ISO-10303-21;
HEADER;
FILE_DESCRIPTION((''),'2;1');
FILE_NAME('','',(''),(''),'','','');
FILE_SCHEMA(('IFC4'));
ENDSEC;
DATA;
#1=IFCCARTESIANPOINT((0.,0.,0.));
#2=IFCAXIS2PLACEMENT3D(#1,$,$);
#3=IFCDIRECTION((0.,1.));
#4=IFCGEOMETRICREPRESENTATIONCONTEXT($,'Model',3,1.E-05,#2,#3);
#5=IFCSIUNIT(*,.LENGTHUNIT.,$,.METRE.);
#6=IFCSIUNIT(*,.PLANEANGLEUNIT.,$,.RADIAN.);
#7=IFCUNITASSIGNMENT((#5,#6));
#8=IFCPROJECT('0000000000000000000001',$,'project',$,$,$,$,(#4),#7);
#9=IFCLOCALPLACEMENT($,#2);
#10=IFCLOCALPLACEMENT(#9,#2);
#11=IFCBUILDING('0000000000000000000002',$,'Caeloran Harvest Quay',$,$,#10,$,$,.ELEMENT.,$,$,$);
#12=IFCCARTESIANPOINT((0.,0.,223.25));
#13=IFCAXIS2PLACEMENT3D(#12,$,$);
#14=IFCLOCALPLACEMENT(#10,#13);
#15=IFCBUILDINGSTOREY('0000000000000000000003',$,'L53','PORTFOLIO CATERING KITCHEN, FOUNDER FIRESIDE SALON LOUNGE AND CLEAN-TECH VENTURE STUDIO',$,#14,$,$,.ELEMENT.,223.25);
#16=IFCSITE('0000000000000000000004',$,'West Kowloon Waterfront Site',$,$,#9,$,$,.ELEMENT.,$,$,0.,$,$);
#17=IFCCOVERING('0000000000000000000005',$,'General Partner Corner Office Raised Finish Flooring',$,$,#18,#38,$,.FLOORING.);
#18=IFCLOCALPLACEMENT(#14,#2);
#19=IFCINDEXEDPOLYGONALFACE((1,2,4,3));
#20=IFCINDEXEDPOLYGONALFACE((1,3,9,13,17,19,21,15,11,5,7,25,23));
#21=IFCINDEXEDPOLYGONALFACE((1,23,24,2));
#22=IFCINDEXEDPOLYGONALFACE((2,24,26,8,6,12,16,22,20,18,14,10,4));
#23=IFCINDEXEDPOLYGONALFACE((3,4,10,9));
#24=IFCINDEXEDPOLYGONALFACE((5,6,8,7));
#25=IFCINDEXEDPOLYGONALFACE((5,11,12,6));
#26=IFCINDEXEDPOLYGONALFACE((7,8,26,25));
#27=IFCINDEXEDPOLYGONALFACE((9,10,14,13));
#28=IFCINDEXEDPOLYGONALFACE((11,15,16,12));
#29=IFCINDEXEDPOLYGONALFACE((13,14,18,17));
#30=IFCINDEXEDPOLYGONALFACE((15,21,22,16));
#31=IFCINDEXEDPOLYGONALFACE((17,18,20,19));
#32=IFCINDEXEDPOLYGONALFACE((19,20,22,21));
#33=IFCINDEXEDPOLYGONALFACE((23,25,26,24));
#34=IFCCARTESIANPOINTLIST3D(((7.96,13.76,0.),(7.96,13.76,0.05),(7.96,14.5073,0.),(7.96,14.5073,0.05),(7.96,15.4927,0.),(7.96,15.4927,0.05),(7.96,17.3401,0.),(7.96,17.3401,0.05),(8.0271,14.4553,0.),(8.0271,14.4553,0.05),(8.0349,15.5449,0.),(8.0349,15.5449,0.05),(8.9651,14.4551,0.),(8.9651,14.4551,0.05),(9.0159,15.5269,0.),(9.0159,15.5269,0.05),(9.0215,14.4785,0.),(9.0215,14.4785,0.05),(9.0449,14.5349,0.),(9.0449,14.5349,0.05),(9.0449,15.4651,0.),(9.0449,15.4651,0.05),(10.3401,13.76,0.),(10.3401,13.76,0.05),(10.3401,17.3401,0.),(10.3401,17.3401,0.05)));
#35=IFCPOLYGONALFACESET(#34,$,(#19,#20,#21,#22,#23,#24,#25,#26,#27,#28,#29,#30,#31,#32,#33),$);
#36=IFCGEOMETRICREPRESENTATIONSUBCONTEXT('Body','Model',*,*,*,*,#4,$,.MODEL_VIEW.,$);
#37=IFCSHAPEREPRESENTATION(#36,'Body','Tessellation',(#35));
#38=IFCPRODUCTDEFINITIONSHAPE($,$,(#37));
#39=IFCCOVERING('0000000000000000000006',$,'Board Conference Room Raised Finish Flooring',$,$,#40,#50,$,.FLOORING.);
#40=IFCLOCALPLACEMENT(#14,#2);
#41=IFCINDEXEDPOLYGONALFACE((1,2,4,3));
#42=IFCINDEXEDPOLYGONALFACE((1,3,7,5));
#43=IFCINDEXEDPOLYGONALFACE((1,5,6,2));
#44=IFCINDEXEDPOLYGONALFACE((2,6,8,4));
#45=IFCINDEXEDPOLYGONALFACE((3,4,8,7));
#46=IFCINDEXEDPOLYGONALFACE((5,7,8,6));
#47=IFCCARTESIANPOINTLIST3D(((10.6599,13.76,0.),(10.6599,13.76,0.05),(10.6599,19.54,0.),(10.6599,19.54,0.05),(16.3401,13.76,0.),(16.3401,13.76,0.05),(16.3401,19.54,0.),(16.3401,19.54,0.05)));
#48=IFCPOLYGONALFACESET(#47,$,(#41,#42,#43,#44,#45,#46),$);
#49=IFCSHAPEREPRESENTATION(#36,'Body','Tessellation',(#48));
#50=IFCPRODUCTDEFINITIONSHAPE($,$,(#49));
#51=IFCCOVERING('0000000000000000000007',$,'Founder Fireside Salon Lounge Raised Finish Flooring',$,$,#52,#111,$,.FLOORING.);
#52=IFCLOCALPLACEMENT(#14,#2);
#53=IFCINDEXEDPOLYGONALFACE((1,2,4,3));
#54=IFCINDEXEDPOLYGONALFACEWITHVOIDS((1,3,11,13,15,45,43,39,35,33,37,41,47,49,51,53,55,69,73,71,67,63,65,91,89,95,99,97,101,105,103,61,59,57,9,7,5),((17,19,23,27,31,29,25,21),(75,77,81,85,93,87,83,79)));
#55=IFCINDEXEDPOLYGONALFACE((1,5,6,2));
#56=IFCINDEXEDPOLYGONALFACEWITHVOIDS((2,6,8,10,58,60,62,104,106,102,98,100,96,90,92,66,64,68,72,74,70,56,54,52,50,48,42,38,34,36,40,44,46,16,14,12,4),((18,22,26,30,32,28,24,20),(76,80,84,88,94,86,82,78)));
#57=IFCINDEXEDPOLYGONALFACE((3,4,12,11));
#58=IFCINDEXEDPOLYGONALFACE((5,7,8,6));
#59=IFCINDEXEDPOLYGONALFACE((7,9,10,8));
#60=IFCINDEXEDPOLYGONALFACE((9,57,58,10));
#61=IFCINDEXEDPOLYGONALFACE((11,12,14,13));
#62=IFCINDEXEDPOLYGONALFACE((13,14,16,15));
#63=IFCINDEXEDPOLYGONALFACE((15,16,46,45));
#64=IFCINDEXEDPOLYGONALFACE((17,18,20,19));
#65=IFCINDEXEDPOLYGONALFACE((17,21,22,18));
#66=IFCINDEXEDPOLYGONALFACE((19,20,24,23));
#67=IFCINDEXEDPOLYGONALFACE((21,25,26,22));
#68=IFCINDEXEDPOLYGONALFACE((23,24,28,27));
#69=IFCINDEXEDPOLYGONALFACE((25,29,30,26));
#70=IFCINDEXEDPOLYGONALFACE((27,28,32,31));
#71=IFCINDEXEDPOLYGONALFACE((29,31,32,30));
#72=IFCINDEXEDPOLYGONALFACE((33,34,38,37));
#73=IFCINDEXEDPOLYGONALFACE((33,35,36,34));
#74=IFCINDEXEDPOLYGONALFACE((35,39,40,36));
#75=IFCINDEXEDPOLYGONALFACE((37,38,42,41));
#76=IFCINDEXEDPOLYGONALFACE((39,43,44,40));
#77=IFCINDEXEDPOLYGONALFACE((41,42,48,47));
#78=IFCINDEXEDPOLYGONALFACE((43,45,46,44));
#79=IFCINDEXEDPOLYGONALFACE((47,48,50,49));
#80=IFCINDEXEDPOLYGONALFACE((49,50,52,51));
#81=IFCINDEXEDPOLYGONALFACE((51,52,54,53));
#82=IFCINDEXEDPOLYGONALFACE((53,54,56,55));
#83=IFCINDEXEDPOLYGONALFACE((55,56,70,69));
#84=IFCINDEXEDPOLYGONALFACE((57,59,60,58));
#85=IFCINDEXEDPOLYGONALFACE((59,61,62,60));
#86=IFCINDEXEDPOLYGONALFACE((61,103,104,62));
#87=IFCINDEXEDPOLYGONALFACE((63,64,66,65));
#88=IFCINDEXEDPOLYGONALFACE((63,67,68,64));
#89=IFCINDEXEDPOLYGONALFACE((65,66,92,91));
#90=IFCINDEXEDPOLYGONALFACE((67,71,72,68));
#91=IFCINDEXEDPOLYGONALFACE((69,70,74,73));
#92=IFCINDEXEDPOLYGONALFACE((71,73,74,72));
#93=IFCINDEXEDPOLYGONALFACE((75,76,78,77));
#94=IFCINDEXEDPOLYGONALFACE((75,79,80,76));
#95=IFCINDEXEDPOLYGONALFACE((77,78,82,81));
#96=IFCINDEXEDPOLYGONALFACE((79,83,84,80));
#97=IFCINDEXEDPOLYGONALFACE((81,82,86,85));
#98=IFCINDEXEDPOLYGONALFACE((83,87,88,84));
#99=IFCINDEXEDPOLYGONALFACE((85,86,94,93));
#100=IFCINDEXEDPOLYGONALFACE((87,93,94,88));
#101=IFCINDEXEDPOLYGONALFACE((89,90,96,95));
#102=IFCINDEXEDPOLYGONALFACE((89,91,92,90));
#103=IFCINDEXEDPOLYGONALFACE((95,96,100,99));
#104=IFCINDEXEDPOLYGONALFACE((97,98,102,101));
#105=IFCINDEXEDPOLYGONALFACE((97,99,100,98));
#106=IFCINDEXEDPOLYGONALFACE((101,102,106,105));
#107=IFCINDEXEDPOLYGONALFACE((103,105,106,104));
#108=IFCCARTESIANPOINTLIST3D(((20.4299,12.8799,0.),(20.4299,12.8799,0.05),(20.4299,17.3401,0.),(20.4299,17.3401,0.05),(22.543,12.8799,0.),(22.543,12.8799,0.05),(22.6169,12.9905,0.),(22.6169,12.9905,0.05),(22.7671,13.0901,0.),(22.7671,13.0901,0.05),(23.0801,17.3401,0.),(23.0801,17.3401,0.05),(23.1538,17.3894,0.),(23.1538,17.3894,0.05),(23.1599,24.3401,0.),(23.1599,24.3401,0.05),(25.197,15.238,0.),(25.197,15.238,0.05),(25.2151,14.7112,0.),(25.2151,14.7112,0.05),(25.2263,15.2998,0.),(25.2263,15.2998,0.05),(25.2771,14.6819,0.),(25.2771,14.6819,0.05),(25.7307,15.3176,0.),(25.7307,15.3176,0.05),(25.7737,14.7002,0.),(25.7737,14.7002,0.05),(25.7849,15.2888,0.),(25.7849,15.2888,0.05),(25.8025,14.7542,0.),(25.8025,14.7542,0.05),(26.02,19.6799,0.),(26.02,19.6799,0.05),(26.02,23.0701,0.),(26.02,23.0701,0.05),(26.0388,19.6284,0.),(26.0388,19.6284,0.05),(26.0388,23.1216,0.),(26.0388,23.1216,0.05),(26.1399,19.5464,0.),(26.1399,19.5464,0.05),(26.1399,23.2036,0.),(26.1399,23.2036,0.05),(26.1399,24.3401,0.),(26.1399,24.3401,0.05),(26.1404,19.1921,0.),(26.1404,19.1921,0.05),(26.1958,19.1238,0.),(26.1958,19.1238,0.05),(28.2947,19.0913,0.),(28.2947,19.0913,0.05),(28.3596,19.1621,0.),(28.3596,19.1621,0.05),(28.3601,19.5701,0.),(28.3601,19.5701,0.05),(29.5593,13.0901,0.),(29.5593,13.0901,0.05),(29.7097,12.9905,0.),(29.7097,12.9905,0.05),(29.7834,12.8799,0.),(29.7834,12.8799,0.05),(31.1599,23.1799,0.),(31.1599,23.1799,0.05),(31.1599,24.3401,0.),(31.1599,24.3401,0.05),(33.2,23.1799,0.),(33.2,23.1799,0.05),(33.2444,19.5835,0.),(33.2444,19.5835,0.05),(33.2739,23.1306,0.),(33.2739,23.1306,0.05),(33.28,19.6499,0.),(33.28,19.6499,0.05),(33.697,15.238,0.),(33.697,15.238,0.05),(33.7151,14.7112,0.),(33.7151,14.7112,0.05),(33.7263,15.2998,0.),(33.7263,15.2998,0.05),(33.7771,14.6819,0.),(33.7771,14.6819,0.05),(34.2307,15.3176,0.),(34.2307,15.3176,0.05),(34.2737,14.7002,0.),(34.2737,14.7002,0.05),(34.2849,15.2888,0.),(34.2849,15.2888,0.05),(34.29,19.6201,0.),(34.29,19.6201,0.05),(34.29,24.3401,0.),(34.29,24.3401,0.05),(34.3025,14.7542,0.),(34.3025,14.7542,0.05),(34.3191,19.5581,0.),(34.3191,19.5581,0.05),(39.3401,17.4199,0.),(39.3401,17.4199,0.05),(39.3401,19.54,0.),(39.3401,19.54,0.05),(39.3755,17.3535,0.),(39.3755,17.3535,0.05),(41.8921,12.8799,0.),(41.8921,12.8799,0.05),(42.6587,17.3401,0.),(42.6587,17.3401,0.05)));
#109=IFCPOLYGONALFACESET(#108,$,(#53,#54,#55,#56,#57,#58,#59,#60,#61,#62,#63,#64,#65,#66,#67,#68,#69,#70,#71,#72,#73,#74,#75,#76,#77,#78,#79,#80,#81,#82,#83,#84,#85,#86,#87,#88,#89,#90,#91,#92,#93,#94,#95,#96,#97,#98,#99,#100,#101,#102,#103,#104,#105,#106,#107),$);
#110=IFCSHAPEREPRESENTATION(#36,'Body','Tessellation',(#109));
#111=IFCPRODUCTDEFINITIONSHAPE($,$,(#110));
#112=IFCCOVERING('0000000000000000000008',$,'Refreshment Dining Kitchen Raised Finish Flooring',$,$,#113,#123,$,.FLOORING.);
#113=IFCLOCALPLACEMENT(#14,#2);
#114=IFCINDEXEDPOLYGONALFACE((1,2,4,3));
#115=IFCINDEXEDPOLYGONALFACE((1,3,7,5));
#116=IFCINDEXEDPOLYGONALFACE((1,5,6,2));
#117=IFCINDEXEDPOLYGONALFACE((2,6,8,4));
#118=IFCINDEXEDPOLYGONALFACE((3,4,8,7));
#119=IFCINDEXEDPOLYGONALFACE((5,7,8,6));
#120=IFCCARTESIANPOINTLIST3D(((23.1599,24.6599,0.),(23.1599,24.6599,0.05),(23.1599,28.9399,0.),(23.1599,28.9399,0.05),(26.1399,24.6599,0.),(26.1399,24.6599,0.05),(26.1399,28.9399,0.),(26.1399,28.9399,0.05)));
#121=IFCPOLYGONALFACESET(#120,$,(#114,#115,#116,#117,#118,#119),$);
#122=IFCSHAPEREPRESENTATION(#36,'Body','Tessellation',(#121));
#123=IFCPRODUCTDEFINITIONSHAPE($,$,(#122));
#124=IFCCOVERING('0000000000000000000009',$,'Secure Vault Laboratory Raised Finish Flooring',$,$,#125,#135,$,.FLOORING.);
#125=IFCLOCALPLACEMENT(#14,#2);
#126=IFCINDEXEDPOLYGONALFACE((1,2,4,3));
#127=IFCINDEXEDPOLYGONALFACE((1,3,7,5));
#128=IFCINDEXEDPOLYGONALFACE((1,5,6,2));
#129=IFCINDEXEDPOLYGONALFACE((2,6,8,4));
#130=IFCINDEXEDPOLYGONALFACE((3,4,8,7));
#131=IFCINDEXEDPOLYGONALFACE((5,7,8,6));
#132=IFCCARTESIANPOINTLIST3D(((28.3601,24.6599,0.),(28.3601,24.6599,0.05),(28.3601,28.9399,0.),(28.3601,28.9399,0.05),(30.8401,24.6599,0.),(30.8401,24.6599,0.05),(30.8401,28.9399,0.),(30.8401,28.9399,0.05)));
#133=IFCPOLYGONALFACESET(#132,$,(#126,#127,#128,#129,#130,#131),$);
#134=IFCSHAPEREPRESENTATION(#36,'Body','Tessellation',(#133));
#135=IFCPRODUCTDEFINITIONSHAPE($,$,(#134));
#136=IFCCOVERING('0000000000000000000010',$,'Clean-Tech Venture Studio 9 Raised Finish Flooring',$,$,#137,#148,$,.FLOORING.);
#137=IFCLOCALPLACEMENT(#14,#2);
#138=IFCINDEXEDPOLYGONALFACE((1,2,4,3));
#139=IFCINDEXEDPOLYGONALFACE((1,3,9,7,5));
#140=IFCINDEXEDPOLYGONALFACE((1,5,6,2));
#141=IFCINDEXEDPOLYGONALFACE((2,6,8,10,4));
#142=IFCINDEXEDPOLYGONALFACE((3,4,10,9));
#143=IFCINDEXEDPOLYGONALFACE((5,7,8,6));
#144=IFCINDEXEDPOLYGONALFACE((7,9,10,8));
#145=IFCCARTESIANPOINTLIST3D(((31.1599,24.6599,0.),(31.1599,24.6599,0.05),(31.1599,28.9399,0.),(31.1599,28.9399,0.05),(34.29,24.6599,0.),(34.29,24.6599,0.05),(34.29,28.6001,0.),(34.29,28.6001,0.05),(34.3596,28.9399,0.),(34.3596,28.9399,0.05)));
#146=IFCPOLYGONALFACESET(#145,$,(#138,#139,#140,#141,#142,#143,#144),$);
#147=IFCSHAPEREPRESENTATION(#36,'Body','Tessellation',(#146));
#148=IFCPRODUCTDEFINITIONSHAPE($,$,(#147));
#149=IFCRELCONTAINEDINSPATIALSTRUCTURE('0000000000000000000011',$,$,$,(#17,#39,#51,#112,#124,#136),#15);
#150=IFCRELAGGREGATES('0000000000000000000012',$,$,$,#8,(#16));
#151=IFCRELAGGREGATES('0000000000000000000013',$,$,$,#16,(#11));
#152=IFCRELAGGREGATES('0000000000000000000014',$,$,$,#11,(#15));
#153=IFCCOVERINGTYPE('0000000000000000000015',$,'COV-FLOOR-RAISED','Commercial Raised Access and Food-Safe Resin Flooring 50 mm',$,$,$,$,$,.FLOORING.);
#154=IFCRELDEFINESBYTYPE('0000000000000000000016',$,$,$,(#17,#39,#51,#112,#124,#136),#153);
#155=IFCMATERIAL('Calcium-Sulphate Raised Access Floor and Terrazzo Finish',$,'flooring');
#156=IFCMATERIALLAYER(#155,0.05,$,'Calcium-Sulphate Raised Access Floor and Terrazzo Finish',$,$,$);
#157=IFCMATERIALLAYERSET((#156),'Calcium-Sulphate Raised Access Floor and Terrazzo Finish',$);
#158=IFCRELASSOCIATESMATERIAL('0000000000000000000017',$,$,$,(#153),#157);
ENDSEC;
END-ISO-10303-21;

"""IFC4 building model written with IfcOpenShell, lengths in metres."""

from ifc_helpers import new_model, si_unit, direction, frame, origin, place, context, subcontext, project, spatial, polyline, outline, extrude, material, layer, layer_set, type_object, element, save


model = new_model("IFC4")

# Units and contexts
model_context = context("Model", 3, precision=1e-05, world=origin(), true_north=direction((0.0, 1.0)))
body_context = subcontext(model_context, "Body", "Model", "MODEL_VIEW")
ifc_project = project(units=[si_unit("LENGTHUNIT", "METRE"), si_unit("PLANEANGLEUNIT", "RADIAN")], contexts=[model_context])

# Site, building, storey
site_placement = place(None, origin())
site = spatial("IfcSite", under=ifc_project, at=site_placement, Name="West Kowloon Waterfront Site", CompositionType="ELEMENT", RefElevation=0.0)
building_placement = place(site_placement, origin())
building = spatial("IfcBuilding", under=site, at=building_placement, Name="Caeloran Harvest Quay", CompositionType="ELEMENT")
storey_placement = place(building_placement, frame((0.0, 0.0, 223.25)))
storey = spatial("IfcBuildingStorey", under=building, at=storey_placement, Name="L53", Description="PORTFOLIO CATERING KITCHEN, FOUNDER FIRESIDE SALON LOUNGE AND CLEAN-TECH VENTURE STUDIO", CompositionType="ELEMENT", Elevation=223.25)

# Coverings
ifc_material_1 = material(Name="Calcium-Sulphate Raised Access Floor and Terrazzo Finish", Category="flooring")
ifc_layer_1 = layer(ifc_material_1, 0.05, Name="Calcium-Sulphate Raised Access Floor and Terrazzo Finish")
ifc_layer_set_1 = layer_set([ifc_layer_1], Name="Calcium-Sulphate Raised Access Floor and Terrazzo Finish")
covering_type_1 = type_object("IfcCoveringType", Name="COV-FLOOR-RAISED", Description="Commercial Raised Access and Food-Safe Resin Flooring 50 mm", PredefinedType="FLOORING", material=ifc_layer_set_1)
covering_1_placement = place(storey_placement, origin())
element("IfcCovering", 1, at=covering_1_placement, inside=storey, type_object=covering_type_1, Name="General Partner Corner Office Raised Finish Flooring", PredefinedType="FLOORING", context=body_context, shape_type="SweptSolid", body=[
    extrude(outline(polyline([(7.96, 14.5073), (8.0271, 14.4553), (8.9651, 14.4551), (9.0215, 14.4785), (9.0449, 14.5349), (9.0449, 15.4651), (9.0159, 15.5269), (8.0349, 15.5449), (7.96, 15.4927), (7.96, 17.3401), (10.3401, 17.3401), (10.3401, 13.76), (7.96, 13.76), (7.96, 14.5073)])), origin(), (0.0, 0.0, 1.0), 0.05),
])
covering_2_placement = place(storey_placement, origin())
element("IfcCovering", 2, at=covering_2_placement, inside=storey, type_object=covering_type_1, Name="Board Conference Room Raised Finish Flooring", PredefinedType="FLOORING", context=body_context, shape_type="SweptSolid", body=[
    extrude(outline(polyline([(16.3401, 19.54), (16.3401, 13.76), (10.6599, 13.76), (10.6599, 19.54), (16.3401, 19.54)])), origin(), (0.0, 0.0, 1.0), 0.05),
])
covering_3_placement = place(storey_placement, origin())
element("IfcCovering", 3, at=covering_3_placement, inside=storey, type_object=covering_type_1, Name="Founder Fireside Salon Lounge Raised Finish Flooring", PredefinedType="FLOORING", context=body_context, shape_type="SweptSolid", body=[
    extrude(outline(polyline([(22.543, 12.8799), (20.4299, 12.8799), (20.4299, 17.3401), (23.0801, 17.3401), (23.1538, 17.3894), (23.1599, 24.3401), (26.1399, 24.3401), (26.1399, 23.2036), (26.0388, 23.1216), (26.02, 23.0701), (26.02, 19.6799), (26.0388, 19.6284), (26.1399, 19.5464), (26.1404, 19.1921), (26.1958, 19.1238), (28.2947, 19.0913), (28.3596, 19.1621), (28.3601, 19.5701), (33.2444, 19.5835), (33.28, 19.6499), (33.2739, 23.1306), (33.2, 23.1799), (31.1599, 23.1799), (31.1599, 24.3401), (34.29, 24.3401), (34.29, 19.6201), (34.3191, 19.5581), (39.3401, 19.54), (39.3401, 17.4199), (39.3755, 17.3535), (42.6587, 17.3401), (41.8921, 12.8799), (29.7834, 12.8799), (29.7097, 12.9905), (29.5593, 13.0901), (22.7671, 13.0901), (22.6169, 12.9905), (22.543, 12.8799)]), holes=[polyline([(34.3025, 14.7542), (34.2849, 15.2888), (34.2307, 15.3176), (33.7263, 15.2998), (33.697, 15.238), (33.7151, 14.7112), (33.7771, 14.6819), (34.2737, 14.7002), (34.3025, 14.7542)]), polyline([(25.8025, 14.7542), (25.7849, 15.2888), (25.7307, 15.3176), (25.2263, 15.2998), (25.197, 15.238), (25.2151, 14.7112), (25.2771, 14.6819), (25.7737, 14.7002), (25.8025, 14.7542)])]), origin(), (0.0, 0.0, 1.0), 0.05),
])
covering_4_placement = place(storey_placement, origin())
element("IfcCovering", 4, at=covering_4_placement, inside=storey, type_object=covering_type_1, Name="Refreshment Dining Kitchen Raised Finish Flooring", PredefinedType="FLOORING", context=body_context, shape_type="SweptSolid", body=[
    extrude(outline(polyline([(23.1599, 28.9399), (26.1399, 28.9399), (26.1399, 24.6599), (23.1599, 24.6599), (23.1599, 28.9399)])), origin(), (0.0, 0.0, 1.0), 0.05),
])
covering_5_placement = place(storey_placement, origin())
element("IfcCovering", 5, at=covering_5_placement, inside=storey, type_object=covering_type_1, Name="Secure Vault Laboratory Raised Finish Flooring", PredefinedType="FLOORING", context=body_context, shape_type="SweptSolid", body=[
    extrude(outline(polyline([(28.3601, 24.6599), (28.3601, 28.9399), (30.8401, 28.9399), (30.8401, 24.6599), (28.3601, 24.6599)])), origin(), (0.0, 0.0, 1.0), 0.05),
])
covering_6_placement = place(storey_placement, origin())
element("IfcCovering", 6, at=covering_6_placement, inside=storey, type_object=covering_type_1, Name="Clean-Tech Venture Studio 9 Raised Finish Flooring", PredefinedType="FLOORING", context=body_context, shape_type="SweptSolid", body=[
    extrude(outline(polyline([(34.3596, 28.9399), (34.29, 28.6001), (34.29, 24.6599), (31.1599, 24.6599), (31.1599, 28.9399), (34.3596, 28.9399)])), origin(), (0.0, 0.0, 1.0), 0.05),
])

save(model, "model.ifc")
